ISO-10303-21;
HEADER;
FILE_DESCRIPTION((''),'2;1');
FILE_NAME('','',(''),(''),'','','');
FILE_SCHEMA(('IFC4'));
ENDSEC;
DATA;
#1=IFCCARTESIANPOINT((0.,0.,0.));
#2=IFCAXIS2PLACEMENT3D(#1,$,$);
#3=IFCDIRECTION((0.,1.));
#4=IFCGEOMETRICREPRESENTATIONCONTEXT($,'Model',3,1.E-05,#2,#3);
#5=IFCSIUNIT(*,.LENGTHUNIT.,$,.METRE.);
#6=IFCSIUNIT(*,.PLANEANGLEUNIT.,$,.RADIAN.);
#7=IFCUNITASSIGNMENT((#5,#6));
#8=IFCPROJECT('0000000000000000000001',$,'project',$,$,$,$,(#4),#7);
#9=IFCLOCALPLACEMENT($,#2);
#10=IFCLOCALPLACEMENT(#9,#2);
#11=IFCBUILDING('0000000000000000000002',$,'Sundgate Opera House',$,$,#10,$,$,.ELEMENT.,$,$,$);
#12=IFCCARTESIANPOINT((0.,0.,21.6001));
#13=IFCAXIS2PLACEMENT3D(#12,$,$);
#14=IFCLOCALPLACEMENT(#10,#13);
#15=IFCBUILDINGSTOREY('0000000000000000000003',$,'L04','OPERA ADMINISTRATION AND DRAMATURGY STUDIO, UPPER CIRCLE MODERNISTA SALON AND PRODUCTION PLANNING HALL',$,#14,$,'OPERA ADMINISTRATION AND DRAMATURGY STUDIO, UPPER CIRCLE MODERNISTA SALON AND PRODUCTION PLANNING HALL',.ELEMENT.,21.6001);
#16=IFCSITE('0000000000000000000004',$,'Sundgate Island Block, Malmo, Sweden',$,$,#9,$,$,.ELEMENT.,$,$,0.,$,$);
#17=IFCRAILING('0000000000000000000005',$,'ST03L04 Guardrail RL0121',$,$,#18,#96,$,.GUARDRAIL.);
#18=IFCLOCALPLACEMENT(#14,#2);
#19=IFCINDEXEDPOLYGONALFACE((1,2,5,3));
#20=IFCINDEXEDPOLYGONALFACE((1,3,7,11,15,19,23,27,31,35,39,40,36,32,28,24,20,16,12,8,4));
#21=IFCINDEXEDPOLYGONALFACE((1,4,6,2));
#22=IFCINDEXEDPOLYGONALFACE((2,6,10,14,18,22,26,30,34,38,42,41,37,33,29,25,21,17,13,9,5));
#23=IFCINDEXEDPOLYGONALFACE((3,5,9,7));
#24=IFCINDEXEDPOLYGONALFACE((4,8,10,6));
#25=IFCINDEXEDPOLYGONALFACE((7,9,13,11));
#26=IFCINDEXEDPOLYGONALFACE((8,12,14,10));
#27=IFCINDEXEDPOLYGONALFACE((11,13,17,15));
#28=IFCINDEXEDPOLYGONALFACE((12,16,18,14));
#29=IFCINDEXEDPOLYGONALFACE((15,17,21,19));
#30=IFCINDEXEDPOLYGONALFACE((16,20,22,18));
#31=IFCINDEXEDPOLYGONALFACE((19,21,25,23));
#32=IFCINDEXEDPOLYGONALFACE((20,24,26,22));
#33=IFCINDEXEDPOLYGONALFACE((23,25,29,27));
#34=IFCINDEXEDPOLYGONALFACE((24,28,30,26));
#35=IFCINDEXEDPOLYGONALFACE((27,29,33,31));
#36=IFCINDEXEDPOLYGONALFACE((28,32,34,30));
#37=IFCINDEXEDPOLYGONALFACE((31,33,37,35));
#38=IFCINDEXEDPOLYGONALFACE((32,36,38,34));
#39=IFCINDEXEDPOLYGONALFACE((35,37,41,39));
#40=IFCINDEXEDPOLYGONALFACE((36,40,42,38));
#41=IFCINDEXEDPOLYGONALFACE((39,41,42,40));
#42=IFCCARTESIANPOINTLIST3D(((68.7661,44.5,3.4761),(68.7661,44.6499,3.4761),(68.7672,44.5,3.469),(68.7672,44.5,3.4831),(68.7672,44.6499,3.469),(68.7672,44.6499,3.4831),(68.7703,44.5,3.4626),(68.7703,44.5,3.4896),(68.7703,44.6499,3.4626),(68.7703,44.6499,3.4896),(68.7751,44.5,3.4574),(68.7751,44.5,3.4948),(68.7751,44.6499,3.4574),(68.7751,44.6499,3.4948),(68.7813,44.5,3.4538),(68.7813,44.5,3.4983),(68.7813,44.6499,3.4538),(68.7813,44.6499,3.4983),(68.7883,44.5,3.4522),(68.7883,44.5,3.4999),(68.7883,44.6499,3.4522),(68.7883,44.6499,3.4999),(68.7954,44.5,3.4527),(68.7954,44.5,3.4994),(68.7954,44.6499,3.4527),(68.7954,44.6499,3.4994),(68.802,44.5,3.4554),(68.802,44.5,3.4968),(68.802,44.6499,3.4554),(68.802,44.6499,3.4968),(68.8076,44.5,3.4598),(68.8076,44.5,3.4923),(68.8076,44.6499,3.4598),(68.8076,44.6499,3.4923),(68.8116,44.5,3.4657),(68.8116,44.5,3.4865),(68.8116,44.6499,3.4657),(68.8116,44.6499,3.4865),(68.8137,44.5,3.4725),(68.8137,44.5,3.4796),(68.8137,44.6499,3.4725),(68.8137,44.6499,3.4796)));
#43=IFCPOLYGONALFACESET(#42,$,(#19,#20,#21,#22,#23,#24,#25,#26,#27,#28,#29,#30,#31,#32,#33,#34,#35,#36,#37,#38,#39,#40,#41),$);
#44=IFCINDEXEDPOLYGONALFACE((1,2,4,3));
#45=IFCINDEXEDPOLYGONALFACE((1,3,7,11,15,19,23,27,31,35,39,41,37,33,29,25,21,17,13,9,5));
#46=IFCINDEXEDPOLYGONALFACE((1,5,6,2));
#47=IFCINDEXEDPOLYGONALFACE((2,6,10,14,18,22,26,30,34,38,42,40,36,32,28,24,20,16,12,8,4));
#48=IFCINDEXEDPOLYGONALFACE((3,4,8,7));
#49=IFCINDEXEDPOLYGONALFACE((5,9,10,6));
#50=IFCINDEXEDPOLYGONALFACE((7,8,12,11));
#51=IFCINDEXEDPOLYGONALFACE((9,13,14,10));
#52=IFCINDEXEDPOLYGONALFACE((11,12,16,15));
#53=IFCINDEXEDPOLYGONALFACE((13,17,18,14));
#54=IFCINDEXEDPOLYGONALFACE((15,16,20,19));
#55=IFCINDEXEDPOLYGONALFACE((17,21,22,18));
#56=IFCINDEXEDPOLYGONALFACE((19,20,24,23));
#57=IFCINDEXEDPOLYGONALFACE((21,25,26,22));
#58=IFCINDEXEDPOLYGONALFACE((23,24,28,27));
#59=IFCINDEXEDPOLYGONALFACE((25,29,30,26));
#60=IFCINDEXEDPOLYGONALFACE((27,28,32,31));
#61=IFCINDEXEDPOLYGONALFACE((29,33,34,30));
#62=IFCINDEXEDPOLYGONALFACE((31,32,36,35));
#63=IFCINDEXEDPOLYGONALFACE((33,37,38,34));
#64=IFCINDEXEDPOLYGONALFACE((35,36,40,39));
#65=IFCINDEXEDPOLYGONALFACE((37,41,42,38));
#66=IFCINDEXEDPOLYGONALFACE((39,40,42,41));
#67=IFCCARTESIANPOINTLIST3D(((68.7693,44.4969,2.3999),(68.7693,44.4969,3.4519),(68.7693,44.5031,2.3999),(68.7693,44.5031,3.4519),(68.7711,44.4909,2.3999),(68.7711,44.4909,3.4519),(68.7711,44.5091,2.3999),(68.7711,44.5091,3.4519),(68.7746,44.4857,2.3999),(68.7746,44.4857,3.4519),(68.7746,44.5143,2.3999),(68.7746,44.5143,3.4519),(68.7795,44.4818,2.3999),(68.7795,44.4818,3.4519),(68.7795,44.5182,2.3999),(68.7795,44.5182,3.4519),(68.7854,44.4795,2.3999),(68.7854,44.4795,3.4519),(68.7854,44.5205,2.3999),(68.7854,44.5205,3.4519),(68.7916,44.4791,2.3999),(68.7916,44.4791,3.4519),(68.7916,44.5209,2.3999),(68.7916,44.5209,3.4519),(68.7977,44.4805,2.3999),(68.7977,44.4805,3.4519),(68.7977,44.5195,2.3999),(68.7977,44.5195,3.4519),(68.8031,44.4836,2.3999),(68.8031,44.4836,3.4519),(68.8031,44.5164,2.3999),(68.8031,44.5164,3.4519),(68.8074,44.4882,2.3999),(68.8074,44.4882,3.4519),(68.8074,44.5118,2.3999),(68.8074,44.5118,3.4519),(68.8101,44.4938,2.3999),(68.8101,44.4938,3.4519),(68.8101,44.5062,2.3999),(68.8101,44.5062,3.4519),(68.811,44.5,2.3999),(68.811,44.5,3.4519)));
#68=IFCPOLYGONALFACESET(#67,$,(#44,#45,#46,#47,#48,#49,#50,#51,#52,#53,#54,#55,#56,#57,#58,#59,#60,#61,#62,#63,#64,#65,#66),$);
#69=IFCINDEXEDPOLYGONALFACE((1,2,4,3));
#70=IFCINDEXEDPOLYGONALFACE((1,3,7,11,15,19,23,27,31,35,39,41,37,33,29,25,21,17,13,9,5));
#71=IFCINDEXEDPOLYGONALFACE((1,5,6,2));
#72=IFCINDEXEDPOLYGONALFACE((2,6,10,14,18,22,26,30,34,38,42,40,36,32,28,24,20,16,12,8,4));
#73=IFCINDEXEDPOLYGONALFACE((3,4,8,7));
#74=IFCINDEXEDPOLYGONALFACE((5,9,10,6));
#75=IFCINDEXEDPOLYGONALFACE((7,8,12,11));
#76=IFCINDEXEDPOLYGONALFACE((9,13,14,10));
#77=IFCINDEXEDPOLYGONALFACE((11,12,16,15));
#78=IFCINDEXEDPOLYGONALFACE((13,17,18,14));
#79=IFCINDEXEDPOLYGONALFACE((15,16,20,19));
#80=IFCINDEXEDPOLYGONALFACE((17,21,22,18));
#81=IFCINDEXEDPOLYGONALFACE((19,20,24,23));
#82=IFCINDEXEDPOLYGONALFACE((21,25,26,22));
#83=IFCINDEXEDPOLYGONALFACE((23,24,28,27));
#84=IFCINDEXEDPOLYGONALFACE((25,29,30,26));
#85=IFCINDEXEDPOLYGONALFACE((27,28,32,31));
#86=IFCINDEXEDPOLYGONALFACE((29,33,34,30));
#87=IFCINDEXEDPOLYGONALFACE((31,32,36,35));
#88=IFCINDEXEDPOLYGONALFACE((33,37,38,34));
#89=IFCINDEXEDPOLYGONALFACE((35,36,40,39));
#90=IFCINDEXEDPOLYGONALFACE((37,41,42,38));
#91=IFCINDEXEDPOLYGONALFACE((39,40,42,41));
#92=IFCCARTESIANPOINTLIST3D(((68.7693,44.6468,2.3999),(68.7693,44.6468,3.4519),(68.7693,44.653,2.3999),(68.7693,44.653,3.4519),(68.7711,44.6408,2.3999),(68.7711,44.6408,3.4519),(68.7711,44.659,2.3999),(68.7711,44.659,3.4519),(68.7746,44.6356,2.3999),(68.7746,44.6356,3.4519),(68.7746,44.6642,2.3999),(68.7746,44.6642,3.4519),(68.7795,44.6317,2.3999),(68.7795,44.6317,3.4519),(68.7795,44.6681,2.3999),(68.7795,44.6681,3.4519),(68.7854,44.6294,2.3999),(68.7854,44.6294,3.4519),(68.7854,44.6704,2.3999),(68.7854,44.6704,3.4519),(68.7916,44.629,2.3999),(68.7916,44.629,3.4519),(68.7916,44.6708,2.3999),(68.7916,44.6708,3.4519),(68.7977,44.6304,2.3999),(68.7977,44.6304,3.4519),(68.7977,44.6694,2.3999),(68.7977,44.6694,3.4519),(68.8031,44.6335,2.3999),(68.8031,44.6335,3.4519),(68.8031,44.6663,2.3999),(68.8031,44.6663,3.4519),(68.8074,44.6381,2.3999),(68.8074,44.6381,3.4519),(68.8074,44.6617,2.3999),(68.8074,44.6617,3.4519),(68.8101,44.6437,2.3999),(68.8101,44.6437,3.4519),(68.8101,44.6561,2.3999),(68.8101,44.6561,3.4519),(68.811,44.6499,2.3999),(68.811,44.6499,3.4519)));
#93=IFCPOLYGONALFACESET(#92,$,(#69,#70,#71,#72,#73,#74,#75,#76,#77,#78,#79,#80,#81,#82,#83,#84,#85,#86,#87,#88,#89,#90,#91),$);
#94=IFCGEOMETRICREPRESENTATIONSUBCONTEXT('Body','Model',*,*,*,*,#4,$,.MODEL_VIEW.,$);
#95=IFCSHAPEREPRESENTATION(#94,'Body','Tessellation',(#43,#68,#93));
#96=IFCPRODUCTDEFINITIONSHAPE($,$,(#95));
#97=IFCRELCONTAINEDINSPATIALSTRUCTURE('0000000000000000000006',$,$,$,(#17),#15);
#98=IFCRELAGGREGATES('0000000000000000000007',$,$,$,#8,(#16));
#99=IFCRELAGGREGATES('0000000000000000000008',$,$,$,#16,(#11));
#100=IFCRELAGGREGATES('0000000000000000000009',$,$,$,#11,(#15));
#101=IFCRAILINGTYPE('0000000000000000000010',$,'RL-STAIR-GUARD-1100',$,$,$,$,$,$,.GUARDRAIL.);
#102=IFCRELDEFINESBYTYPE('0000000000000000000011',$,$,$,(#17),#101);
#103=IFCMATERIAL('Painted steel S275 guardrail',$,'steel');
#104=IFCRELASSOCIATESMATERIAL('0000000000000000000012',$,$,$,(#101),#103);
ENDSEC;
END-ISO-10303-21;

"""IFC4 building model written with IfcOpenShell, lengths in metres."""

from ifc_helpers import new_model, si_unit, direction, frame, origin, origin_2d, place, context, subcontext, project, spatial, circle, extrude, material, type_object, element, save


model = new_model("IFC4")

# Units and contexts
model_context = context("Model", 3, precision=1e-05, world=origin(), true_north=direction((0.0, 1.0)))
body_context = subcontext(model_context, "Body", "Model", "MODEL_VIEW")
ifc_project = project(units=[si_unit("LENGTHUNIT", "METRE"), si_unit("PLANEANGLEUNIT", "RADIAN")], contexts=[model_context])

# Site, building, storey
site_placement = place(None, origin())
site = spatial("IfcSite", under=ifc_project, at=site_placement, Name="Sundgate Island Block, Malmo, Sweden", CompositionType="ELEMENT", RefElevation=0.0)
building_placement = place(site_placement, origin())
building = spatial("IfcBuilding", under=site, at=building_placement, Name="Sundgate Opera House", CompositionType="ELEMENT")
storey_placement = place(building_placement, frame((0.0, 0.0, 21.6001)))
storey = spatial("IfcBuildingStorey", under=building, at=storey_placement, Name="L04", Description="OPERA ADMINISTRATION AND DRAMATURGY STUDIO, UPPER CIRCLE MODERNISTA SALON AND PRODUCTION PLANNING HALL", LongName="OPERA ADMINISTRATION AND DRAMATURGY STUDIO, UPPER CIRCLE MODERNISTA SALON AND PRODUCTION PLANNING HALL", CompositionType="ELEMENT", Elevation=21.6001)

# Railing
ifc_material_1 = material(Name="Painted steel S275 guardrail", Category="steel")
railing_type_1 = type_object("IfcRailingType", Name="RL-STAIR-GUARD-1100", PredefinedType="GUARDRAIL", material=ifc_material_1)
railing_1_placement = place(storey_placement, frame((68.79, 44.5, 2.3999)))
element("IfcRailing", 1, at=railing_1_placement, inside=storey, type_object=railing_type_1, Name="ST03L04 Guardrail RL0121", PredefinedType="GUARDRAIL", context=body_context, shape_type="SweptSolid", body=[
    extrude(circle(Radius=0.0239, at=origin_2d()), frame((0.0, 0.0, 1.0762), z_axis=(0.0, 1.0, 0.0), x_axis=(-1.0, 0.0, 0.0)), (0.0, 0.0, 1.0), 0.1499),
    extrude(circle(Radius=0.021, at=origin_2d()), origin(), (0.0, 0.0, 1.0), 1.052),
    extrude(circle(Radius=0.021, at=origin_2d()), frame((0.0, 0.1499, 0.0)), (0.0, 0.0, 1.0), 1.052),
])

save(model, "model.ifc")
